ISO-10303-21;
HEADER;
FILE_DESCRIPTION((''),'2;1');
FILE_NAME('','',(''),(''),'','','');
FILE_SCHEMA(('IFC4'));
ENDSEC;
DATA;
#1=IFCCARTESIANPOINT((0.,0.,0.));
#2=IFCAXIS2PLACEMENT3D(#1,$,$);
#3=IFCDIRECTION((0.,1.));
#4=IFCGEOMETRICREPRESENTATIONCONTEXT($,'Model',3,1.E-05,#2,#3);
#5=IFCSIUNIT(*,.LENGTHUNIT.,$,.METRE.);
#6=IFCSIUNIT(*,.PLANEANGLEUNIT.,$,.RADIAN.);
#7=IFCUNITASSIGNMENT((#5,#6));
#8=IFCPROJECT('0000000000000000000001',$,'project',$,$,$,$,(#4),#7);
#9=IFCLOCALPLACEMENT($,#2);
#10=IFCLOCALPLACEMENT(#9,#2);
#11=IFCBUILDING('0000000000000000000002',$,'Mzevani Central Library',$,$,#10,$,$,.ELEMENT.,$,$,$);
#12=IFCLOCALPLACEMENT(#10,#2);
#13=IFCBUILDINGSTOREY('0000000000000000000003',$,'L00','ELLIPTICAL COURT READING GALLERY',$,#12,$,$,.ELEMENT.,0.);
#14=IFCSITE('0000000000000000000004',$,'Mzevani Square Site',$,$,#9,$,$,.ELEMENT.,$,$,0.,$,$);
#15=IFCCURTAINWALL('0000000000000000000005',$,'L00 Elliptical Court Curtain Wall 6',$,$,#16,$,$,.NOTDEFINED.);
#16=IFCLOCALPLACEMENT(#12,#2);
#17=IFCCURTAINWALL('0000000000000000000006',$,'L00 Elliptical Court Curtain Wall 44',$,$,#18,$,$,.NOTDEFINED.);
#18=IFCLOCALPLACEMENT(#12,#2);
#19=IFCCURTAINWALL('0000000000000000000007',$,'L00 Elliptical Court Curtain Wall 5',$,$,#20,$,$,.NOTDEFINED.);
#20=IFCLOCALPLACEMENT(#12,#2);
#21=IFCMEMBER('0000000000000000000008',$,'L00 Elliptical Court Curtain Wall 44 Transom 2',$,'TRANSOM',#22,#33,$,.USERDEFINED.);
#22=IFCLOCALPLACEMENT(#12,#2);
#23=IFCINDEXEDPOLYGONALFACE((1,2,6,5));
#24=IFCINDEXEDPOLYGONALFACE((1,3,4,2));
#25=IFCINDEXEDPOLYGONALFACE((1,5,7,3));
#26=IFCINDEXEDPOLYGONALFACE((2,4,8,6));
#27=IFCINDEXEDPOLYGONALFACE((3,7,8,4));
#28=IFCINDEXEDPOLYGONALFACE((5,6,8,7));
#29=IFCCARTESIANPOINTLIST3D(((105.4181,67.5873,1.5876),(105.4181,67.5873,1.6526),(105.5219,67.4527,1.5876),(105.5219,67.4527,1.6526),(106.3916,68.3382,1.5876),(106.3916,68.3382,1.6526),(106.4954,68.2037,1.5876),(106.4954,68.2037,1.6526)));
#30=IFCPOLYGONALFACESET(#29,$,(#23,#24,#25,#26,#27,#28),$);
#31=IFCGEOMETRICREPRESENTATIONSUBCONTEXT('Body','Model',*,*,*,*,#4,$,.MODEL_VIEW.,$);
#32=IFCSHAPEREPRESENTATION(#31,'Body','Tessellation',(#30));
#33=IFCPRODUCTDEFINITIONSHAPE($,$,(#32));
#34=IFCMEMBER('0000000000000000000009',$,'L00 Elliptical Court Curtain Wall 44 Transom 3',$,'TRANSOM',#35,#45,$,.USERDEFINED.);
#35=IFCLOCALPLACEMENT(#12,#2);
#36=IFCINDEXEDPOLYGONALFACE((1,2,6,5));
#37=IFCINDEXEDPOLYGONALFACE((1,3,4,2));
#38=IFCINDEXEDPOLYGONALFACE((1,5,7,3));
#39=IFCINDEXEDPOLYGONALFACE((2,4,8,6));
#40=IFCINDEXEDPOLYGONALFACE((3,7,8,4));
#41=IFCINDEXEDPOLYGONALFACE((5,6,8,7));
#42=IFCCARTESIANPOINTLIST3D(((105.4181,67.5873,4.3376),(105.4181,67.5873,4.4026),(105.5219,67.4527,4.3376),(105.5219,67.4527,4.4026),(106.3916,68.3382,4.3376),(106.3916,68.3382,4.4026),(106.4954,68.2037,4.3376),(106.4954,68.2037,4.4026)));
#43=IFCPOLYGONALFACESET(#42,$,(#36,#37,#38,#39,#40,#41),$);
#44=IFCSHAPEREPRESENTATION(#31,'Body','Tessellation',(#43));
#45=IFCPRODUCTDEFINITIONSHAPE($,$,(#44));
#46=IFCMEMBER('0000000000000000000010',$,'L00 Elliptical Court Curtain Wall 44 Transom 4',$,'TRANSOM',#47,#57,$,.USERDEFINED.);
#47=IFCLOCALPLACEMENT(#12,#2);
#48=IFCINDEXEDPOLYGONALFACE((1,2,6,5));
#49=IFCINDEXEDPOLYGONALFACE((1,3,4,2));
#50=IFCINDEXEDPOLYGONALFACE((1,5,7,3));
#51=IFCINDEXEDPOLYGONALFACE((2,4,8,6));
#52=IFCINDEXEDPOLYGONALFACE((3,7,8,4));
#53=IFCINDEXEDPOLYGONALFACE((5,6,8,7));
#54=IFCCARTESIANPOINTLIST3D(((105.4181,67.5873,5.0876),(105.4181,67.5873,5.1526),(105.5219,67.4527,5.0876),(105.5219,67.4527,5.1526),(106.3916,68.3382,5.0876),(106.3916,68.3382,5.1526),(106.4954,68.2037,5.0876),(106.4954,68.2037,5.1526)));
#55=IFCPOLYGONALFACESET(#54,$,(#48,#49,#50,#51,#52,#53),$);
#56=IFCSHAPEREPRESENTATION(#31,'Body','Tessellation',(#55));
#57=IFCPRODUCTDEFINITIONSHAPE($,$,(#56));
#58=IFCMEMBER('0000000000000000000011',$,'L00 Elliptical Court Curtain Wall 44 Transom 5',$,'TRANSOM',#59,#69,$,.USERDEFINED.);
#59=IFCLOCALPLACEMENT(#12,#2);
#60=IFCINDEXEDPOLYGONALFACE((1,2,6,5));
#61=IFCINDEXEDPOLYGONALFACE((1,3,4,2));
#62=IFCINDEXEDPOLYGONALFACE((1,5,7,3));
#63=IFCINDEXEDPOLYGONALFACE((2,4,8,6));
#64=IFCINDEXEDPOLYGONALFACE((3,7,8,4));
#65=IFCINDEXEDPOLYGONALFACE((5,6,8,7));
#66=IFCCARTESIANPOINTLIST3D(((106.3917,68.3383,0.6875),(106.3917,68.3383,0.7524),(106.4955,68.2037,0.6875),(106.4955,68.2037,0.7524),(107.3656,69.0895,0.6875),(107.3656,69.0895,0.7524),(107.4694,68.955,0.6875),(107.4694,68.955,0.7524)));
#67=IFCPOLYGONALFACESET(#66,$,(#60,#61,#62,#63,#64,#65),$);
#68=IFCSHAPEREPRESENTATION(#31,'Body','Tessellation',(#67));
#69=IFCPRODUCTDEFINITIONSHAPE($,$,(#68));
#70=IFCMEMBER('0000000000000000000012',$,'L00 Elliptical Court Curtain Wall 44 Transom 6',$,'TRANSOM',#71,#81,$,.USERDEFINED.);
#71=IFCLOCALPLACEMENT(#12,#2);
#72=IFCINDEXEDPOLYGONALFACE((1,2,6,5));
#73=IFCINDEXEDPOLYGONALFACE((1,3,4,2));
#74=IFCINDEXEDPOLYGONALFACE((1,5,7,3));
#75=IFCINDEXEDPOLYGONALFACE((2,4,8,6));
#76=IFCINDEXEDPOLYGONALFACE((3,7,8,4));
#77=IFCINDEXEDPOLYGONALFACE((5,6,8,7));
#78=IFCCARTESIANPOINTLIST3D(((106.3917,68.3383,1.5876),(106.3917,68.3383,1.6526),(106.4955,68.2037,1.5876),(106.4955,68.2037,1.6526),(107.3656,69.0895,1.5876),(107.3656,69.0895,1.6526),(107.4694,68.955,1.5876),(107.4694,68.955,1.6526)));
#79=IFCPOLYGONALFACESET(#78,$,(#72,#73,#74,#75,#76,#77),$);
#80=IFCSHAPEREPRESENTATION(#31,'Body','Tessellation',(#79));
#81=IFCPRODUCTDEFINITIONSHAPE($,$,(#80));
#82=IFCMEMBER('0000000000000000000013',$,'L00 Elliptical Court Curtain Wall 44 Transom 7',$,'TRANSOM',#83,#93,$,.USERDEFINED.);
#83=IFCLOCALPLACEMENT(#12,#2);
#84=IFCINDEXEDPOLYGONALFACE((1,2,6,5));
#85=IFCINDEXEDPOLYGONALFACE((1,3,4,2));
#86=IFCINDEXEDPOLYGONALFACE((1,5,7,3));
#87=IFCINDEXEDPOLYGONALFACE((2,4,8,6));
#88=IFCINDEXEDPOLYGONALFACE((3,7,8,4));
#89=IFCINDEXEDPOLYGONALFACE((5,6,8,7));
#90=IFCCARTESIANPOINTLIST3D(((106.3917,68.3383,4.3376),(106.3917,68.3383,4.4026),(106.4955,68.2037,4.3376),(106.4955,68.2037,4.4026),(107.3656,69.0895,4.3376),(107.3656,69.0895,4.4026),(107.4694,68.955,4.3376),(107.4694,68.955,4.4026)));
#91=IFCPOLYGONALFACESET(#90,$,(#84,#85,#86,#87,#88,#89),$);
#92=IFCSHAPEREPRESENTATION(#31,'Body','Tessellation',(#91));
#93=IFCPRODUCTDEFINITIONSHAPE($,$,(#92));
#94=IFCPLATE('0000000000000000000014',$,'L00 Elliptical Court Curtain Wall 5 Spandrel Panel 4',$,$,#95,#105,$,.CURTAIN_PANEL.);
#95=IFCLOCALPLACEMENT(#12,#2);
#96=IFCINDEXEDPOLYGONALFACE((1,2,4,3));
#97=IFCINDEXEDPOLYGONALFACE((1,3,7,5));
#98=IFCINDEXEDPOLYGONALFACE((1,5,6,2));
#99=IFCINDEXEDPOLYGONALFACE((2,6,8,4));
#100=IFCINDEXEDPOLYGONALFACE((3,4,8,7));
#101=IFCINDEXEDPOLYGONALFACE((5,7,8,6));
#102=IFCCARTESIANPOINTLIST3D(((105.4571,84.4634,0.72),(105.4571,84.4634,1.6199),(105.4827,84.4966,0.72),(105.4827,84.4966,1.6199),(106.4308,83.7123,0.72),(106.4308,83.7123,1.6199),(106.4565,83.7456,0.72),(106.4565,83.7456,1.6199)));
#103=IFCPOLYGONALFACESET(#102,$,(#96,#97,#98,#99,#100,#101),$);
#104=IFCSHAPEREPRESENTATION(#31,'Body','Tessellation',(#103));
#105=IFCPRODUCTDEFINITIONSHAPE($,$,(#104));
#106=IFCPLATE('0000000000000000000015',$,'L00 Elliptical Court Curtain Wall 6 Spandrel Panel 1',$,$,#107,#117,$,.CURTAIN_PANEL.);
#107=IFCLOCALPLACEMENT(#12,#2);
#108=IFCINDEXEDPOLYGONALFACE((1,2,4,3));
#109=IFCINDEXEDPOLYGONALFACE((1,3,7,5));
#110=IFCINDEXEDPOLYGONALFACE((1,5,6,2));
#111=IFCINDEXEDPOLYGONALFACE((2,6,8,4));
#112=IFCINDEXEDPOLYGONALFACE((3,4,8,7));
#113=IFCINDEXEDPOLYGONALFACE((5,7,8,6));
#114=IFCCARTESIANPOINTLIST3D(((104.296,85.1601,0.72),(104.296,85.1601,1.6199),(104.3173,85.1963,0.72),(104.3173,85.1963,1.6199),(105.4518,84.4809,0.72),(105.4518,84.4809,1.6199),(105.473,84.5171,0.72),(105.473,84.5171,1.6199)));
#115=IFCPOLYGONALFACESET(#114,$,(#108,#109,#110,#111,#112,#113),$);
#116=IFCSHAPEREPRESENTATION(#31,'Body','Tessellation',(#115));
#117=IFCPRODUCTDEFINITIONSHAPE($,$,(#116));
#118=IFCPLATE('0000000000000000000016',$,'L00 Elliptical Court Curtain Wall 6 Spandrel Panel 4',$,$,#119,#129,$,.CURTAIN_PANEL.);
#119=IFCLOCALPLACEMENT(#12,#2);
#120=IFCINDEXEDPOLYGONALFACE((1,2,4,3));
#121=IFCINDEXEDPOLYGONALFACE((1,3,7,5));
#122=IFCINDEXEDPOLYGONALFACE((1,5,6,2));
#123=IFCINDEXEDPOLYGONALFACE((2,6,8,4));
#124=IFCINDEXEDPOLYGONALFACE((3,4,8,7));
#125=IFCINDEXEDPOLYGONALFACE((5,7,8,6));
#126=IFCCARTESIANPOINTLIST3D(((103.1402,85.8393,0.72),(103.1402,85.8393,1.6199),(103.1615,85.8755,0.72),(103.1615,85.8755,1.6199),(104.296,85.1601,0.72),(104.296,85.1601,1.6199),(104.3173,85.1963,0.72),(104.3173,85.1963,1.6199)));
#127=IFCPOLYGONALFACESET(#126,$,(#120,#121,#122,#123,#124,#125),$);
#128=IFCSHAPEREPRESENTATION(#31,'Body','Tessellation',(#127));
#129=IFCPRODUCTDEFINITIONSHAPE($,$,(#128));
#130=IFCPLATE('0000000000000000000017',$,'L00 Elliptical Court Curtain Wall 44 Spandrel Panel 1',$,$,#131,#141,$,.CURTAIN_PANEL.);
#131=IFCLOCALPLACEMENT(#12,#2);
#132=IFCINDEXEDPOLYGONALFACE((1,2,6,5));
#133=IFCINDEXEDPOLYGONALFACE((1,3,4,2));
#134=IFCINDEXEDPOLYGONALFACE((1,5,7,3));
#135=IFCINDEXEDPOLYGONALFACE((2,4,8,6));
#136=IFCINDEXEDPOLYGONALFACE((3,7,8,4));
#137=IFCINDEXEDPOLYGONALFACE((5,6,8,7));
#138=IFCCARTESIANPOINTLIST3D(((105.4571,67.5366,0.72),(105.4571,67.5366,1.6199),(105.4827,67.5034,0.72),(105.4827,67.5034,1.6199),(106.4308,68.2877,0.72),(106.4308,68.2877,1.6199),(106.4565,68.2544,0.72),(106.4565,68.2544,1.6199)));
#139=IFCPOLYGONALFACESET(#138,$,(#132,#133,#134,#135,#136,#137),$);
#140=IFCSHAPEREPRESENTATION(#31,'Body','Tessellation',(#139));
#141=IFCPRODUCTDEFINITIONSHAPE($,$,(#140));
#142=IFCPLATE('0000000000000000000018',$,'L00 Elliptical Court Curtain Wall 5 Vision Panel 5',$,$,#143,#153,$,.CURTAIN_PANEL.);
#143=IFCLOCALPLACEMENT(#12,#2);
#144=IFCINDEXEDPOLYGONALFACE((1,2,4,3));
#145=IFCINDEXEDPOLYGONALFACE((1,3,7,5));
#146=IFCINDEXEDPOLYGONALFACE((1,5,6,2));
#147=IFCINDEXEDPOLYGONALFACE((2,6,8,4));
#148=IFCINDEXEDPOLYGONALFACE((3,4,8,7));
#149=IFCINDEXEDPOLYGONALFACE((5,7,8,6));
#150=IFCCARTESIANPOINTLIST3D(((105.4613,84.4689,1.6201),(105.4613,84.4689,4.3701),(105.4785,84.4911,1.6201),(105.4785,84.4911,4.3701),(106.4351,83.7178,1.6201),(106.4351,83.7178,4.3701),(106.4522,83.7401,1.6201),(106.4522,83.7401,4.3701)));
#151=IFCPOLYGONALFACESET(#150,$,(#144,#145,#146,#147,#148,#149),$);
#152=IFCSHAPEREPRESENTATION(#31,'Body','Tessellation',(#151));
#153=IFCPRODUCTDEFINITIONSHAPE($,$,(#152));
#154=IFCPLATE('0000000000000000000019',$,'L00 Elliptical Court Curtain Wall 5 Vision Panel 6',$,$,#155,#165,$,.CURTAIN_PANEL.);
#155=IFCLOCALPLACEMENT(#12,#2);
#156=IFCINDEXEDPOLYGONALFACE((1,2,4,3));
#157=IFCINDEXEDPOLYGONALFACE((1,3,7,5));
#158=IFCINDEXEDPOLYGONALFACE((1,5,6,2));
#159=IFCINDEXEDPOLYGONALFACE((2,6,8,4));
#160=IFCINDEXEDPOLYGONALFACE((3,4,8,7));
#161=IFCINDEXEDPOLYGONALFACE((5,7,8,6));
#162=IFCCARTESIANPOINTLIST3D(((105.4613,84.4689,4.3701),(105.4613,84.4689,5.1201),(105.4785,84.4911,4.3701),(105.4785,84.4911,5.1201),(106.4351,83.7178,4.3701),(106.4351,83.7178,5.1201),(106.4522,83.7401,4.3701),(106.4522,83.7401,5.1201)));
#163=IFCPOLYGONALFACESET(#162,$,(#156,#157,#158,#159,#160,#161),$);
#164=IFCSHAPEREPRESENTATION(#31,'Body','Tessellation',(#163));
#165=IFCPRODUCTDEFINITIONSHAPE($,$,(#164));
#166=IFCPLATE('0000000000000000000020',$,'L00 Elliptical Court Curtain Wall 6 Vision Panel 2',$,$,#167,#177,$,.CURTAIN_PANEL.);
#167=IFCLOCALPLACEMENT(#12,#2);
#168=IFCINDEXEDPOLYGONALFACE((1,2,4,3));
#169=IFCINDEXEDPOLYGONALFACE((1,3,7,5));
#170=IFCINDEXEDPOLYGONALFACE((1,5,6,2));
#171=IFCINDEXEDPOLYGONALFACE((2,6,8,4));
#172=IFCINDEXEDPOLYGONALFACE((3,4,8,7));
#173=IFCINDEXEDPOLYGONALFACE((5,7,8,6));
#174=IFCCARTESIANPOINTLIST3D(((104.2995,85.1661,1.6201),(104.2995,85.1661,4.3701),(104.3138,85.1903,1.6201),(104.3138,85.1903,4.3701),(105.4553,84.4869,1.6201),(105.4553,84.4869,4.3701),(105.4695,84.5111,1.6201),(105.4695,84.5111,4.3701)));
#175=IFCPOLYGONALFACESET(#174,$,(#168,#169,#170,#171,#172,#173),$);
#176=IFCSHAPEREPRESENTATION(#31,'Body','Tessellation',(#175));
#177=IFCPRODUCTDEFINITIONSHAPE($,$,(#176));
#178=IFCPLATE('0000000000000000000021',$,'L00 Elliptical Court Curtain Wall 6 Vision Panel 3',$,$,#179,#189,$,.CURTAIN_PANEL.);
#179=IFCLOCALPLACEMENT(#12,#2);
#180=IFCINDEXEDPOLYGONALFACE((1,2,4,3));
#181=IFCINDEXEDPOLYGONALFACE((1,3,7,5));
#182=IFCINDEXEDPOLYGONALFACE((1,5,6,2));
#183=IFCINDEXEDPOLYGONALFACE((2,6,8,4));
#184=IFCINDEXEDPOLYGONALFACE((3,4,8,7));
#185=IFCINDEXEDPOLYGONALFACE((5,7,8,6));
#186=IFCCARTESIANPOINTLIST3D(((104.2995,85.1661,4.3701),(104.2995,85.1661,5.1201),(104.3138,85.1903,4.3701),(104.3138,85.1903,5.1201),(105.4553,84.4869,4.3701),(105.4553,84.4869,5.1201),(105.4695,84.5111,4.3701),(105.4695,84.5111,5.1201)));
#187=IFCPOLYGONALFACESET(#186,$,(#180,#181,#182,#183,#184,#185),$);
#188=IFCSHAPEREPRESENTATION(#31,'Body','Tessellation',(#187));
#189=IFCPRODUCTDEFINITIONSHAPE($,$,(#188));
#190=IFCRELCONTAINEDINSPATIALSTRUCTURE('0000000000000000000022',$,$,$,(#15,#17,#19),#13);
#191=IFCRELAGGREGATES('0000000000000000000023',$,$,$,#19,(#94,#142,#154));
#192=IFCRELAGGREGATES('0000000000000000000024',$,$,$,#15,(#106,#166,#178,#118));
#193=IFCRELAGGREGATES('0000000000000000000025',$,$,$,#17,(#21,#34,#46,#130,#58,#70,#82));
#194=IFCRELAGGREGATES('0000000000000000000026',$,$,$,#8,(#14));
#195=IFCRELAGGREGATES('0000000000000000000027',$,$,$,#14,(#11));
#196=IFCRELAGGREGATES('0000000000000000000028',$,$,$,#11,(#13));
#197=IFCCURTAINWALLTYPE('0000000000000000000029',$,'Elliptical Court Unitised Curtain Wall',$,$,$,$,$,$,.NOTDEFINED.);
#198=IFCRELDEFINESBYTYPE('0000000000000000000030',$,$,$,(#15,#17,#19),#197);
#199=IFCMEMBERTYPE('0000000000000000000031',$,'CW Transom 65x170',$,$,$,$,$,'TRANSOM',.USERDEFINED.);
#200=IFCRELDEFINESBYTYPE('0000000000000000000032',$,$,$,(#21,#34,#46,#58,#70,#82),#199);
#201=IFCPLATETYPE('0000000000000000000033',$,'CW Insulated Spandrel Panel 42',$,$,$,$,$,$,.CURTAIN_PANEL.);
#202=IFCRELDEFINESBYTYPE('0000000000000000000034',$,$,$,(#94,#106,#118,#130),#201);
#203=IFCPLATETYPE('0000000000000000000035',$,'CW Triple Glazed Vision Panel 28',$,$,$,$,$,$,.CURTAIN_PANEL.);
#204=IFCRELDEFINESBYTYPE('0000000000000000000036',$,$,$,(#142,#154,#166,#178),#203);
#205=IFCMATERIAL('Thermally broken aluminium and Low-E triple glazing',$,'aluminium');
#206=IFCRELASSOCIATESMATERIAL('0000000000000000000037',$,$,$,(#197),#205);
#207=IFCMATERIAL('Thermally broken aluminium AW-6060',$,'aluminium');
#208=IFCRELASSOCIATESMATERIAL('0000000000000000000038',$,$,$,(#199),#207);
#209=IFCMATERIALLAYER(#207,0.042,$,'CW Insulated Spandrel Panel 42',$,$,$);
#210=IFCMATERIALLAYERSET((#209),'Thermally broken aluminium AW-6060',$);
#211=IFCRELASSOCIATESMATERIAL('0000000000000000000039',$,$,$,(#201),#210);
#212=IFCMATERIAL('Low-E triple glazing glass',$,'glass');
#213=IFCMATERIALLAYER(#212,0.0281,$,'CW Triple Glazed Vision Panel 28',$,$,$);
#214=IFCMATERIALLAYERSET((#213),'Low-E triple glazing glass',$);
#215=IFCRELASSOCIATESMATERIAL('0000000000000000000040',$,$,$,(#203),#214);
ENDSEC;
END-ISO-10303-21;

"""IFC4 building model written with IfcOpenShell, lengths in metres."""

from ifc_helpers import new_model, si_unit, direction, frame, origin, origin_2d, place, context, subcontext, project, spatial, rectangle, extrude, material, layer, layer_set, material_profile, profile_set, type_object, element, aggregate, save


model = new_model("IFC4")

# Units and contexts
model_context = context("Model", 3, precision=1e-05, world=origin(), true_north=direction((0.0, 1.0)))
body_context = subcontext(model_context, "Body", "Model", "MODEL_VIEW")
ifc_project = project(units=[si_unit("LENGTHUNIT", "METRE"), si_unit("PLANEANGLEUNIT", "RADIAN")], contexts=[model_context])

# Site, building, storey
site_placement = place(None, origin())
site = spatial("IfcSite", under=ifc_project, at=site_placement, Name="Mzevani Square Site", CompositionType="ELEMENT", RefElevation=0.0)
building_placement = place(site_placement, origin())
building = spatial("IfcBuilding", under=site, at=building_placement, Name="Mzevani Central Library", CompositionType="ELEMENT")
storey_placement = place(building_placement, origin())
storey = spatial("IfcBuildingStorey", under=building, at=storey_placement, Name="L00", Description="ELLIPTICAL COURT READING GALLERY", CompositionType="ELEMENT", Elevation=0.0)

# Curtain walls
ifc_material_1 = material(Name="Thermally broken aluminium and Low-E triple glazing", Category="aluminium")
curtain_wall_type = type_object("IfcCurtainWallType", Name="Elliptical Court Unitised Curtain Wall", PredefinedType="NOTDEFINED", material=ifc_material_1)
curtain_wall_1_placement = place(storey_placement, origin())
curtain_wall_1 = element("IfcCurtainWall", 1, at=curtain_wall_1_placement, inside=storey, type_object=curtain_wall_type, Name="L00 Elliptical Court Curtain Wall 6", PredefinedType="NOTDEFINED")
ifc_material_2 = material(Name="Thermally broken aluminium AW-6060", Category="aluminium")
curtain_wall_2_placement = place(storey_placement, origin())
curtain_wall_2 = element("IfcCurtainWall", 2, at=curtain_wall_2_placement, inside=storey, type_object=curtain_wall_type, Name="L00 Elliptical Court Curtain Wall 44", PredefinedType="NOTDEFINED")

# Curtain wall
curtain_wall_3_placement = place(storey_placement, origin())
curtain_wall_3 = element("IfcCurtainWall", 3, at=curtain_wall_3_placement, inside=storey, type_object=curtain_wall_type, Name="L00 Elliptical Court Curtain Wall 5", PredefinedType="NOTDEFINED")

# Members
ifc_material_profile_1 = material_profile(ifc_material_2, rectangle(XDim=0.1699, YDim=0.0649, at=origin_2d()), Name="ALU T65x170")
ifc_profile_set_1 = profile_set([ifc_material_profile_1], Name="Thermally broken aluminium AW-6060")
member_type_1 = type_object("IfcMemberType", Name="CW Transom 65x170", ElementType="TRANSOM", PredefinedType="USERDEFINED", material=ifc_profile_set_1)
member_1_placement = place(storey_placement, frame((105.47, 67.52, 1.6201), z_axis=(0.791826, 0.610747, 0.0), x_axis=(-0.610747, 0.791826, 0.0)))
member_1 = element("IfcMember", 4, at=member_1_placement, type_object=member_type_1, Name="L00 Elliptical Court Curtain Wall 44 Transom 2", ObjectType="TRANSOM", PredefinedType="USERDEFINED", context=body_context, shape_type="SweptSolid", body=[
    extrude(rectangle(XDim=0.1699, YDim=0.0649, at=origin_2d()), origin(), (0.0, 0.0, 1.0), 1.2295),
])
member_2_placement = place(storey_placement, frame((105.47, 67.52, 4.3701), z_axis=(0.791826, 0.610747, 0.0), x_axis=(-0.610747, 0.791826, 0.0)))
member_2 = element("IfcMember", 5, at=member_2_placement, type_object=member_type_1, Name="L00 Elliptical Court Curtain Wall 44 Transom 3", ObjectType="TRANSOM", PredefinedType="USERDEFINED", context=body_context, shape_type="SweptSolid", body=[
    extrude(rectangle(XDim=0.1699, YDim=0.0649, at=origin_2d()), origin(), (0.0, 0.0, 1.0), 1.2295),
])
member_3_placement = place(storey_placement, frame((105.47, 67.52, 5.1201), z_axis=(0.791826, 0.610747, 0.0), x_axis=(-0.610747, 0.791826, 0.0)))
member_3 = element("IfcMember", 6, at=member_3_placement, type_object=member_type_1, Name="L00 Elliptical Court Curtain Wall 44 Transom 4", ObjectType="TRANSOM", PredefinedType="USERDEFINED", context=body_context, shape_type="SweptSolid", body=[
    extrude(rectangle(XDim=0.1699, YDim=0.0649, at=origin_2d()), origin(), (0.0, 0.0, 1.0), 1.2295),
])
member_4_placement = place(storey_placement, frame((106.4436, 68.271, 0.72), z_axis=(0.791804, 0.610775, 0.0), x_axis=(-0.610775, 0.791804, 0.0)))
member_4 = element("IfcMember", 7, at=member_4_placement, type_object=member_type_1, Name="L00 Elliptical Court Curtain Wall 44 Transom 5", ObjectType="TRANSOM", PredefinedType="USERDEFINED", context=body_context, shape_type="SweptSolid", body=[
    extrude(rectangle(XDim=0.1699, YDim=0.0649, at=origin_2d()), origin(), (0.0, 0.0, 1.0), 1.23),
])
member_5_placement = place(storey_placement, frame((106.4436, 68.271, 1.6201), z_axis=(0.791804, 0.610775, 0.0), x_axis=(-0.610775, 0.791804, 0.0)))
member_5 = element("IfcMember", 8, at=member_5_placement, type_object=member_type_1, Name="L00 Elliptical Court Curtain Wall 44 Transom 6", ObjectType="TRANSOM", PredefinedType="USERDEFINED", context=body_context, shape_type="SweptSolid", body=[
    extrude(rectangle(XDim=0.1699, YDim=0.0649, at=origin_2d()), origin(), (0.0, 0.0, 1.0), 1.23),
])
member_6_placement = place(storey_placement, frame((106.4436, 68.271, 4.3701), z_axis=(0.791804, 0.610775, 0.0), x_axis=(-0.610775, 0.791804, 0.0)))
member_6 = element("IfcMember", 9, at=member_6_placement, type_object=member_type_1, Name="L00 Elliptical Court Curtain Wall 44 Transom 7", ObjectType="TRANSOM", PredefinedType="USERDEFINED", context=body_context, shape_type="SweptSolid", body=[
    extrude(rectangle(XDim=0.1699, YDim=0.0649, at=origin_2d()), origin(), (0.0, 0.0, 1.0), 1.23),
])

# Plates
ifc_layer_1 = layer(ifc_material_2, 0.042, Name="CW Insulated Spandrel Panel 42")
ifc_layer_set_1 = layer_set([ifc_layer_1], Name="Thermally broken aluminium AW-6060")
plate_type_1 = type_object("IfcPlateType", Name="CW Insulated Spandrel Panel 42", PredefinedType="CURTAIN_PANEL", material=ifc_layer_set_1)
plate_1_placement = place(storey_placement, frame((105.9568, 84.1045, 0.72), z_axis=(0.0, 0.0, 1.0), x_axis=(-0.791828, 0.610744, 0.0)))
plate_1 = element("IfcPlate", 10, at=plate_1_placement, type_object=plate_type_1, Name="L00 Elliptical Court Curtain Wall 5 Spandrel Panel 4", PredefinedType="CURTAIN_PANEL", context=body_context, shape_type="SweptSolid", body=[
    extrude(rectangle(XDim=1.2297, YDim=0.042, at=origin_2d()), origin(), (0.0, 0.0, 1.0), 0.8999),
])
plate_2_placement = place(storey_placement, frame((104.8845, 84.8386, 0.72), z_axis=(0.0, 0.0, 1.0), x_axis=(-0.862137, 0.506675, 0.0)))
plate_2 = element("IfcPlate", 11, at=plate_2_placement, type_object=plate_type_1, Name="L00 Elliptical Court Curtain Wall 6 Spandrel Panel 1", PredefinedType="CURTAIN_PANEL", context=body_context, shape_type="SweptSolid", body=[
    extrude(rectangle(XDim=1.3406, YDim=0.042, at=origin_2d()), origin(), (0.0, 0.0, 1.0), 0.8999),
])
plate_3_placement = place(storey_placement, frame((103.7288, 85.5178, 0.72), z_axis=(0.0, 0.0, 1.0), x_axis=(-0.862137, 0.506675, 0.0)))
plate_3 = element("IfcPlate", 12, at=plate_3_placement, type_object=plate_type_1, Name="L00 Elliptical Court Curtain Wall 6 Spandrel Panel 4", PredefinedType="CURTAIN_PANEL", context=body_context, shape_type="SweptSolid", body=[
    extrude(rectangle(XDim=1.3406, YDim=0.042, at=origin_2d()), origin(), (0.0, 0.0, 1.0), 0.8999),
])
plate_4_placement = place(storey_placement, frame((105.9568, 67.8955, 0.72), z_axis=(0.0, 0.0, 1.0), x_axis=(0.791828, 0.610744, 0.0)))
plate_4 = element("IfcPlate", 13, at=plate_4_placement, type_object=plate_type_1, Name="L00 Elliptical Court Curtain Wall 44 Spandrel Panel 1", PredefinedType="CURTAIN_PANEL", context=body_context, shape_type="SweptSolid", body=[
    extrude(rectangle(XDim=1.2297, YDim=0.042, at=origin_2d()), origin(), (0.0, 0.0, 1.0), 0.8999),
])
ifc_material_3 = material(Name="Low-E triple glazing glass", Category="glass")
ifc_layer_2 = layer(ifc_material_3, 0.0281, Name="CW Triple Glazed Vision Panel 28")
ifc_layer_set_2 = layer_set([ifc_layer_2], Name="Low-E triple glazing glass")
plate_type_2 = type_object("IfcPlateType", Name="CW Triple Glazed Vision Panel 28", PredefinedType="CURTAIN_PANEL", material=ifc_layer_set_2)
plate_5_placement = place(storey_placement, frame((105.9568, 84.1045, 1.6201), z_axis=(0.0, 0.0, 1.0), x_axis=(-0.791828, 0.610744, 0.0)))
plate_5 = element("IfcPlate", 14, at=plate_5_placement, type_object=plate_type_2, Name="L00 Elliptical Court Curtain Wall 5 Vision Panel 5", PredefinedType="CURTAIN_PANEL", context=body_context, shape_type="SweptSolid", body=[
    extrude(rectangle(XDim=1.2297, YDim=0.0281, at=origin_2d()), origin(), (0.0, 0.0, 1.0), 2.75),
])
plate_6_placement = place(storey_placement, frame((105.9568, 84.1045, 4.3701), z_axis=(0.0, 0.0, 1.0), x_axis=(-0.791828, 0.610744, 0.0)))
plate_6 = element("IfcPlate", 15, at=plate_6_placement, type_object=plate_type_2, Name="L00 Elliptical Court Curtain Wall 5 Vision Panel 6", PredefinedType="CURTAIN_PANEL", context=body_context, shape_type="SweptSolid", body=[
    extrude(rectangle(XDim=1.2297, YDim=0.0281, at=origin_2d()), origin(), (0.0, 0.0, 1.0), 0.75),
])
aggregate(curtain_wall_3, [plate_1, plate_5, plate_6])
plate_7_placement = place(storey_placement, frame((104.8845, 84.8386, 1.6201), z_axis=(0.0, 0.0, 1.0), x_axis=(-0.862137, 0.506675, 0.0)))
plate_7 = element("IfcPlate", 16, at=plate_7_placement, type_object=plate_type_2, Name="L00 Elliptical Court Curtain Wall 6 Vision Panel 2", PredefinedType="CURTAIN_PANEL", context=body_context, shape_type="SweptSolid", body=[
    extrude(rectangle(XDim=1.3406, YDim=0.0281, at=origin_2d()), origin(), (0.0, 0.0, 1.0), 2.75),
])
plate_8_placement = place(storey_placement, frame((104.8845, 84.8386, 4.3701), z_axis=(0.0, 0.0, 1.0), x_axis=(-0.862137, 0.506675, 0.0)))
plate_8 = element("IfcPlate", 17, at=plate_8_placement, type_object=plate_type_2, Name="L00 Elliptical Court Curtain Wall 6 Vision Panel 3", PredefinedType="CURTAIN_PANEL", context=body_context, shape_type="SweptSolid", body=[
    extrude(rectangle(XDim=1.3406, YDim=0.0281, at=origin_2d()), origin(), (0.0, 0.0, 1.0), 0.75),
])
aggregate(curtain_wall_1, [plate_2, plate_7, plate_8, plate_3])
aggregate(curtain_wall_2, [member_1, member_2, member_3, plate_4, member_4, member_5, member_6])

save(model, "model.ifc")
